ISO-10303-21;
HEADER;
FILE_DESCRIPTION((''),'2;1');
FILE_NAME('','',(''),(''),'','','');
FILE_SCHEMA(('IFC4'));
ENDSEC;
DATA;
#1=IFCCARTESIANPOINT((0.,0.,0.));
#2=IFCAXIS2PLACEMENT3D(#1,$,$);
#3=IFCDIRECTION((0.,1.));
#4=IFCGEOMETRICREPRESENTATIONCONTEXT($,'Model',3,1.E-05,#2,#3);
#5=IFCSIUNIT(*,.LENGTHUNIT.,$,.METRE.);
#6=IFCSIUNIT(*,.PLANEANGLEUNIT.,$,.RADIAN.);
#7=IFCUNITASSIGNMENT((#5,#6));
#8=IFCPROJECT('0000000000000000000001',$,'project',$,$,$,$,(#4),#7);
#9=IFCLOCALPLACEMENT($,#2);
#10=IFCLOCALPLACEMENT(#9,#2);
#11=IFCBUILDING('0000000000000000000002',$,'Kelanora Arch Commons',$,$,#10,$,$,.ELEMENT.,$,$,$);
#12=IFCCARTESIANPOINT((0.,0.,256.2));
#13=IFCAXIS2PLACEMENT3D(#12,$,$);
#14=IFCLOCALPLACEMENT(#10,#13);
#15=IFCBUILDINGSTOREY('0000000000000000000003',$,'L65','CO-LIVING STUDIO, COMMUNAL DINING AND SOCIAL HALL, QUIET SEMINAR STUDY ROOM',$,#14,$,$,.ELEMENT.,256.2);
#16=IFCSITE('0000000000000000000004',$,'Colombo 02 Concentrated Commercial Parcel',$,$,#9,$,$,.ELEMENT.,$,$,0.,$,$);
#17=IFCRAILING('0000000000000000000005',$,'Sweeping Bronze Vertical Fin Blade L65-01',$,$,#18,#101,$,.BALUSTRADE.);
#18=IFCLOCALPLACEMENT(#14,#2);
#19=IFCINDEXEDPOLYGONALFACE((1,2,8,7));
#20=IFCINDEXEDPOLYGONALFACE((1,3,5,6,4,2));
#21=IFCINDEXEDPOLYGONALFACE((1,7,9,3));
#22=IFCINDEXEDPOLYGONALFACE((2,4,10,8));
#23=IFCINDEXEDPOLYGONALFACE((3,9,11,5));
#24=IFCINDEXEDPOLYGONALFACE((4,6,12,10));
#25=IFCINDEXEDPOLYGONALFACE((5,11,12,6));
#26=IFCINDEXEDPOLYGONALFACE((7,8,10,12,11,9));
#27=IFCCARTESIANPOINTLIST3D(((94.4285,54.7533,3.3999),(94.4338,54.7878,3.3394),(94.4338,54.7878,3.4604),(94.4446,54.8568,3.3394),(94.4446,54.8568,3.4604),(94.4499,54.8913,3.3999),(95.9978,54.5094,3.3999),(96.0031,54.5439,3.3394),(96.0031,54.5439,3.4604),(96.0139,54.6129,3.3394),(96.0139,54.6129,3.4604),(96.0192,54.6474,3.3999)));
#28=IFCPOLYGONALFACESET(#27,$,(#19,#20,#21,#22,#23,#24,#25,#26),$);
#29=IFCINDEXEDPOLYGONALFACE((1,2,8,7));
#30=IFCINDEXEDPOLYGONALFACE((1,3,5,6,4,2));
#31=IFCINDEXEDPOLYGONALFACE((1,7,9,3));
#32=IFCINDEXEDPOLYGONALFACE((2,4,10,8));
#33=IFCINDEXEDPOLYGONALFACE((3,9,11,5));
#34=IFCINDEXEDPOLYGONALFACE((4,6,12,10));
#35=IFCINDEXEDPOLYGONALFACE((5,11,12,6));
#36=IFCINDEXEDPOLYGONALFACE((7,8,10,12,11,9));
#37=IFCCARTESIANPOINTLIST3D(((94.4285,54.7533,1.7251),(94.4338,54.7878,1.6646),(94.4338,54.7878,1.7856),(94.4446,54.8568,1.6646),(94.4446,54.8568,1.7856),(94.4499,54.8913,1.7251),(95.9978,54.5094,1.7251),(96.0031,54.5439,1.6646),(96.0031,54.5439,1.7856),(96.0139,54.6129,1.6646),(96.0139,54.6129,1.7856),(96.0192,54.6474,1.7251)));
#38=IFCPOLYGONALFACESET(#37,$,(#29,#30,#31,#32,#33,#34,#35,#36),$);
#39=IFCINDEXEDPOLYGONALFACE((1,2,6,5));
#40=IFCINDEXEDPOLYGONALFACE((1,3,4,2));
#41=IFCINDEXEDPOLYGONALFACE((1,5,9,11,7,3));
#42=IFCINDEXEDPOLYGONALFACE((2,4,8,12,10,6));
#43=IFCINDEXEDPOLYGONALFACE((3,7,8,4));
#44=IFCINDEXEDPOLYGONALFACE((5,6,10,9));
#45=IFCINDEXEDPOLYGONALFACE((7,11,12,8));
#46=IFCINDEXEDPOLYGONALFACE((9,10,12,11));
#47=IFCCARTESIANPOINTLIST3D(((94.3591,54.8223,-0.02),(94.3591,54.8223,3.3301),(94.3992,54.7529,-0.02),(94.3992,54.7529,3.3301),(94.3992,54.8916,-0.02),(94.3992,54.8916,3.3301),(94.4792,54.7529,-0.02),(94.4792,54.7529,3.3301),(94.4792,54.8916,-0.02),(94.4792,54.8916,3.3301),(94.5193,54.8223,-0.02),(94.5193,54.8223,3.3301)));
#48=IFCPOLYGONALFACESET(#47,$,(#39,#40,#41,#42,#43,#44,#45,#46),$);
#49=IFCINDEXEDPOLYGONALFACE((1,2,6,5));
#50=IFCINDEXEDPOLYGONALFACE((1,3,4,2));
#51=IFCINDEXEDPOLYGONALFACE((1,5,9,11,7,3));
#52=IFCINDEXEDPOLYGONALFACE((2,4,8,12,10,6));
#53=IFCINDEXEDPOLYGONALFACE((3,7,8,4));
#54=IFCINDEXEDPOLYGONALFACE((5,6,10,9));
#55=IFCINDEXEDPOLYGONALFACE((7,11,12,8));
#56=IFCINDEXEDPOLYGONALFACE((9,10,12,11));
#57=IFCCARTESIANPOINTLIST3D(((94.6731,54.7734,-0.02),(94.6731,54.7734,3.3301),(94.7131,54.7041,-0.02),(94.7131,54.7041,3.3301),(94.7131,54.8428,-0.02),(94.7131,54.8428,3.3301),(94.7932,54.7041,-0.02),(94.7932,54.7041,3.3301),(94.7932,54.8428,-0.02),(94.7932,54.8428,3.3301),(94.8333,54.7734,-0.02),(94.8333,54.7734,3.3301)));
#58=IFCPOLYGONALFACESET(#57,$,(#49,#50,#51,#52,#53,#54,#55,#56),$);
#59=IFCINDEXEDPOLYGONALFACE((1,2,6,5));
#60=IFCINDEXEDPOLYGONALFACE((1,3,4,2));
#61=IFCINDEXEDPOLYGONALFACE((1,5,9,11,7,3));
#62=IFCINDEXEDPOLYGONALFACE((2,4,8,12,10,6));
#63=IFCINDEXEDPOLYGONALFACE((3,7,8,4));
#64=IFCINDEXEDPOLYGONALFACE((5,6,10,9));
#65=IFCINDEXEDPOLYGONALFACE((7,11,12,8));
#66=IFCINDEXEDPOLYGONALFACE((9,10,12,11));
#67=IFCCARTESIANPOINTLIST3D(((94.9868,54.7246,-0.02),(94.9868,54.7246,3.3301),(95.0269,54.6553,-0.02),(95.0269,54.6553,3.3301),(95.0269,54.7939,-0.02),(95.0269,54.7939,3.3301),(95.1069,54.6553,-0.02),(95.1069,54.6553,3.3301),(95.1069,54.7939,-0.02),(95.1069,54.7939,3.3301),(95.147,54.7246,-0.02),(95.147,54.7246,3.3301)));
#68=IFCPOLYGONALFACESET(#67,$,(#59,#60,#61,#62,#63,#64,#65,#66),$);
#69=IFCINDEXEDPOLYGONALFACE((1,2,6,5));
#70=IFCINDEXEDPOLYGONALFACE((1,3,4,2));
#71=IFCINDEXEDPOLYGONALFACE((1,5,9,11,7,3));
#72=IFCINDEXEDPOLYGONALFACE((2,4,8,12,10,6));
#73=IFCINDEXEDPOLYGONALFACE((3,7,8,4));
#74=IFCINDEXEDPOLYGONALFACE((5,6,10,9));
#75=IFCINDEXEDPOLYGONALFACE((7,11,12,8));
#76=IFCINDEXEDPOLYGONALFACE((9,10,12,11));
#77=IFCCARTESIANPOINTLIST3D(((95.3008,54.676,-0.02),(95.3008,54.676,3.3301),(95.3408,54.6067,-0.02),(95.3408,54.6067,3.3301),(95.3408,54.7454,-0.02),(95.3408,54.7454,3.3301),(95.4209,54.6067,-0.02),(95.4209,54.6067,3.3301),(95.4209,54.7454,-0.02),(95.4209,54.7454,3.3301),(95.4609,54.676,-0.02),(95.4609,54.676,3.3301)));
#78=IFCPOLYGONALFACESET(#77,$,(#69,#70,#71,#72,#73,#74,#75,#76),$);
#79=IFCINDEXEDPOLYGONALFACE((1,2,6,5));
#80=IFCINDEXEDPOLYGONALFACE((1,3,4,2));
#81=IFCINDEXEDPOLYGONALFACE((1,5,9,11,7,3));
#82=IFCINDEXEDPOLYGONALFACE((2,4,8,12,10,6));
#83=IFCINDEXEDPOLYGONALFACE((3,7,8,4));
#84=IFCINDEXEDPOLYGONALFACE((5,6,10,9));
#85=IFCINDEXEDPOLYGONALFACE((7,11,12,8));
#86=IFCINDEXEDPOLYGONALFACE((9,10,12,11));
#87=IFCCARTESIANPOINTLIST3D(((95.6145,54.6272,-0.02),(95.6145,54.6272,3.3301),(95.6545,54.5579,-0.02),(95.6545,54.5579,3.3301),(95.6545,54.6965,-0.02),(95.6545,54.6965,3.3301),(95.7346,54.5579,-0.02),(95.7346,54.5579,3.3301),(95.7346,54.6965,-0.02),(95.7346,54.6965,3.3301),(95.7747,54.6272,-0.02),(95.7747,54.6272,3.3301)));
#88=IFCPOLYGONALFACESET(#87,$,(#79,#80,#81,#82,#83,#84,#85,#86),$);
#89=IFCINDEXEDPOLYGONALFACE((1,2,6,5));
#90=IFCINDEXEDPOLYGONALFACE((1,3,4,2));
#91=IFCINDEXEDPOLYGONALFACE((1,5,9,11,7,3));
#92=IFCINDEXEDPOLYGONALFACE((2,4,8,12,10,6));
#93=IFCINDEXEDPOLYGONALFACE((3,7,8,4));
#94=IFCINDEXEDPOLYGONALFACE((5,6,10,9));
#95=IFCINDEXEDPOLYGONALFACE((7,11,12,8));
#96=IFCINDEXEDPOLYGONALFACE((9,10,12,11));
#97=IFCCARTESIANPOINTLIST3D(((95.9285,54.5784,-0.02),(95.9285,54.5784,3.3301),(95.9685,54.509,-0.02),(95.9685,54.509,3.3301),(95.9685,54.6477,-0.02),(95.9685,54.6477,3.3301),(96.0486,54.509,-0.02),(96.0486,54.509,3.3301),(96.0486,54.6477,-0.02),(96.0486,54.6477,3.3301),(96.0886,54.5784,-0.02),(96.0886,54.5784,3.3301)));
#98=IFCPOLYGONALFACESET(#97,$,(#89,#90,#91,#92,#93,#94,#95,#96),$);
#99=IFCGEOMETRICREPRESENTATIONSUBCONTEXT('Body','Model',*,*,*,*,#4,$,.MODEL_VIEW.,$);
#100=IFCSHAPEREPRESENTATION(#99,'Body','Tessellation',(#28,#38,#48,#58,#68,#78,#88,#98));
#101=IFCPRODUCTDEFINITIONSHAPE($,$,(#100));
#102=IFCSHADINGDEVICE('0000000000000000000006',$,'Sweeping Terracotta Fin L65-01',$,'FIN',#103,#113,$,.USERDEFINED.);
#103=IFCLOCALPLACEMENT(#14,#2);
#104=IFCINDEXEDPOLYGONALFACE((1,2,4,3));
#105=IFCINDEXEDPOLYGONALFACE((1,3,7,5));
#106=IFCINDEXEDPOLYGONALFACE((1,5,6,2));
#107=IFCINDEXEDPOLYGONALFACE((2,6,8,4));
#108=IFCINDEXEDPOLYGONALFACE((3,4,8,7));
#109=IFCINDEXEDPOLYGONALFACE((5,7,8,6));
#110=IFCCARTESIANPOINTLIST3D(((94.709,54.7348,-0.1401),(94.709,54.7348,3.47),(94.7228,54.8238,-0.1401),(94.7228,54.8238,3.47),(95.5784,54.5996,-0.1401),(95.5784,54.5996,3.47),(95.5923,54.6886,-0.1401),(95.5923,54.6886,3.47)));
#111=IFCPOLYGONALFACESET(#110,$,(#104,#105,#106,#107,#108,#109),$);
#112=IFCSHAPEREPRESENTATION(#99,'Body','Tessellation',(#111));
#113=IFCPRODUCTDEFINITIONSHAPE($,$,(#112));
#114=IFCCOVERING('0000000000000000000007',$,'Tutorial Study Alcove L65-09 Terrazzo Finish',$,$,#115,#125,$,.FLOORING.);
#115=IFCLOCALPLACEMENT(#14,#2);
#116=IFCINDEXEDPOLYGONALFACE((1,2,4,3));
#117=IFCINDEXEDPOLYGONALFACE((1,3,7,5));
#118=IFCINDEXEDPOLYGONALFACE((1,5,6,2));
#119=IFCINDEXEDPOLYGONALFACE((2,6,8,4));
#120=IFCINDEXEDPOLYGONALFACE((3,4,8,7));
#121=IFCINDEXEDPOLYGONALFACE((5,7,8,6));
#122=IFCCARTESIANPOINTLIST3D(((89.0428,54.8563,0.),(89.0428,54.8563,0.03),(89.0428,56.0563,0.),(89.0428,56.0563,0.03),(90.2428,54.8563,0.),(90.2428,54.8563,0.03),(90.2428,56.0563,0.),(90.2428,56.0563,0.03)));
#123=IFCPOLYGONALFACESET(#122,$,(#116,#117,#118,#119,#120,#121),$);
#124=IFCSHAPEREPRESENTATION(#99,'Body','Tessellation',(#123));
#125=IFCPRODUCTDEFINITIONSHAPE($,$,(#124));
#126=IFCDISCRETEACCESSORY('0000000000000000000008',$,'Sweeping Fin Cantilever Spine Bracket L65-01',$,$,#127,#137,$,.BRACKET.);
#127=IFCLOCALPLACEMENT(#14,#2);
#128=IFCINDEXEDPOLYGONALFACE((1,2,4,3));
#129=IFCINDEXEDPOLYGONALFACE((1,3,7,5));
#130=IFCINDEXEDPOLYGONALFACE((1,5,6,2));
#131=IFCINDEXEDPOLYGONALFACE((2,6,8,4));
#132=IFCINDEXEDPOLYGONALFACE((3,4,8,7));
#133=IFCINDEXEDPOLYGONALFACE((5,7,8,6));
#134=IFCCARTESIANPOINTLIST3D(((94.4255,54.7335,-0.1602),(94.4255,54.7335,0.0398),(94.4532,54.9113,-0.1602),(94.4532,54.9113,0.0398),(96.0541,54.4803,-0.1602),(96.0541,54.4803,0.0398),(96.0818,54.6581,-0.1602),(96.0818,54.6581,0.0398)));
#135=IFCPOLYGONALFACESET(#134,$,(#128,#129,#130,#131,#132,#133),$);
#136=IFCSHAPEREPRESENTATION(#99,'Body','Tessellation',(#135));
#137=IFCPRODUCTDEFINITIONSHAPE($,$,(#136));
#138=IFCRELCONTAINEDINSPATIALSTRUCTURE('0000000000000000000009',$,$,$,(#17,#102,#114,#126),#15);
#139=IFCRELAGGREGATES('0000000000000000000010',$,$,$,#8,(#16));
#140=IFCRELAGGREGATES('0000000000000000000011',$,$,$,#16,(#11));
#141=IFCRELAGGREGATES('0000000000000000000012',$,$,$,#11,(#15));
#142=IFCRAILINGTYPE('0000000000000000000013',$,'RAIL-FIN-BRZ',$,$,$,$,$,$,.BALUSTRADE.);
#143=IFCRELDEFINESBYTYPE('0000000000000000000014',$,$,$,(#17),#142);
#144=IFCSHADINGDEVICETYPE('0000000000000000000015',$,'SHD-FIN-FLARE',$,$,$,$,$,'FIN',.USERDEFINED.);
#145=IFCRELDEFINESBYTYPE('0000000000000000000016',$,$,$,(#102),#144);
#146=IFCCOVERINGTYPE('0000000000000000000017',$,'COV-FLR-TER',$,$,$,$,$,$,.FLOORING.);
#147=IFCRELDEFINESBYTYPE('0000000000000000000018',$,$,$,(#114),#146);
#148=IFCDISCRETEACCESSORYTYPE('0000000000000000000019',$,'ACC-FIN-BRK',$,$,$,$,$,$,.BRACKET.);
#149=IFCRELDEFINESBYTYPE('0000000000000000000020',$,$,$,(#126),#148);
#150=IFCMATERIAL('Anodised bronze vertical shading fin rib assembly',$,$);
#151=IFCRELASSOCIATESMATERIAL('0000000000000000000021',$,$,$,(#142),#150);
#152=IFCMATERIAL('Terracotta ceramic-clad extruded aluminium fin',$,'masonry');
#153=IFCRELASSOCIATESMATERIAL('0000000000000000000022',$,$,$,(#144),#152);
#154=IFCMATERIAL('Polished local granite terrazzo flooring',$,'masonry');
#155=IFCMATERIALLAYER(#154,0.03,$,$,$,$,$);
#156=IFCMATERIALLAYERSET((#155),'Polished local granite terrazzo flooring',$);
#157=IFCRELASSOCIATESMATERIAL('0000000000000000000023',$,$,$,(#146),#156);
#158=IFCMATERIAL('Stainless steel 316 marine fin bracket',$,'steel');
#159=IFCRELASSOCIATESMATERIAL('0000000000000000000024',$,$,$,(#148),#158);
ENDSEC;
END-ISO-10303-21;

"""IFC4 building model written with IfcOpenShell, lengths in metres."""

from ifc_helpers import new_model, si_unit, direction, frame, origin, origin_2d, place, context, subcontext, project, spatial, polyline, rectangle, outline, extrude, source, transform, mapped, material, layer, layer_set, type_object, element, save


model = new_model("IFC4")

# Units and contexts
model_context = context("Model", 3, precision=1e-05, world=origin(), true_north=direction((0.0, 1.0)))
body_context = subcontext(model_context, "Body", "Model", "MODEL_VIEW")
ifc_project = project(units=[si_unit("LENGTHUNIT", "METRE"), si_unit("PLANEANGLEUNIT", "RADIAN")], contexts=[model_context])

# Site, building, storey
site_placement = place(None, origin())
site = spatial("IfcSite", under=ifc_project, at=site_placement, Name="Colombo 02 Concentrated Commercial Parcel", CompositionType="ELEMENT", RefElevation=0.0)
building_placement = place(site_placement, origin())
building = spatial("IfcBuilding", under=site, at=building_placement, Name="Kelanora Arch Commons", CompositionType="ELEMENT")
storey_placement = place(building_placement, frame((0.0, 0.0, 256.2)))
storey = spatial("IfcBuildingStorey", under=building, at=storey_placement, Name="L65", Description="CO-LIVING STUDIO, COMMUNAL DINING AND SOCIAL HALL, QUIET SEMINAR STUDY ROOM", CompositionType="ELEMENT", Elevation=256.2)

# Railing
ifc_material_1 = material(Name="Anodised bronze vertical shading fin rib assembly")
railing_type = type_object("IfcRailingType", Name="RAIL-FIN-BRZ", PredefinedType="BALUSTRADE", material=ifc_material_1)
railing_placement = place(storey_placement, frame((94.4392, 54.8223, -0.02)))
element("IfcRailing", 1, at=railing_placement, inside=storey, type_object=railing_type, Name="Sweeping Bronze Vertical Fin Blade L65-01", PredefinedType="BALUSTRADE", context=body_context, shape_type="SweptSolid", body=[
    extrude(outline(polyline([(0.0698, 0.0), (0.0349, 0.0605), (-0.0349, 0.0605), (-0.0698, 0.0), (-0.0349, -0.0605), (0.0349, -0.0605), (0.0698, 0.0)])), frame((0.0, 0.0, 3.4199), z_axis=(0.988138, -0.15357, 0.0), x_axis=(0.15357, 0.988138, 0.0)), (0.0, 0.0, 1.0), 1.5881),
    extrude(outline(polyline([(0.0698, 0.0), (0.0349, 0.0605), (-0.0349, 0.0605), (-0.0698, 0.0), (-0.0349, -0.0605), (0.0349, -0.0605), (0.0698, 0.0)])), frame((0.0, 0.0, 1.7451), z_axis=(0.988138, -0.15357, 0.0), x_axis=(0.15357, 0.988138, 0.0)), (0.0, 0.0, 1.0), 1.5881),
    extrude(outline(polyline([(0.0801, 0.0), (0.04, 0.0693), (-0.04, 0.0693), (-0.0801, 0.0), (-0.04, -0.0693), (0.04, -0.0693), (0.0801, 0.0)])), origin(), (0.0, 0.0, 1.0), 3.3501),
    extrude(outline(polyline([(0.0801, 0.0), (0.04, 0.0693), (-0.04, 0.0693), (-0.0801, 0.0), (-0.04, -0.0693), (0.04, -0.0693), (0.0801, 0.0)])), frame((0.314, -0.0488, 0.0)), (0.0, 0.0, 1.0), 3.3501),
    extrude(outline(polyline([(0.0801, 0.0), (0.04, 0.0693), (-0.04, 0.0693), (-0.0801, 0.0), (-0.04, -0.0693), (0.04, -0.0693), (0.0801, 0.0)])), frame((0.6277, -0.0977, 0.0)), (0.0, 0.0, 1.0), 3.3501),
    extrude(outline(polyline([(0.0801, 0.0), (0.04, 0.0693), (-0.04, 0.0693), (-0.0801, 0.0), (-0.04, -0.0693), (0.04, -0.0693), (0.0801, 0.0)])), frame((0.9417, -0.1462, 0.0)), (0.0, 0.0, 1.0), 3.3501),
    extrude(outline(polyline([(0.0801, 0.0), (0.04, 0.0693), (-0.04, 0.0693), (-0.0801, 0.0), (-0.04, -0.0693), (0.04, -0.0693), (0.0801, 0.0)])), frame((1.2554, -0.1951, 0.0)), (0.0, 0.0, 1.0), 3.3501),
    extrude(outline(polyline([(0.0801, 0.0), (0.04, 0.0693), (-0.04, 0.0693), (-0.0801, 0.0), (-0.04, -0.0693), (0.04, -0.0693), (0.0801, 0.0)])), frame((1.5693, -0.2439, 0.0)), (0.0, 0.0, 1.0), 3.3501),
])

# Shading device
ifc_material_2 = material(Name="Terracotta ceramic-clad extruded aluminium fin", Category="masonry")
shading_device_type = type_object("IfcShadingDeviceType", Name="SHD-FIN-FLARE", ElementType="FIN", PredefinedType="USERDEFINED", material=ifc_material_2)
shared_shape_1 = source(origin(), body_context, "Body", "SweptSolid", [
    extrude(rectangle(XDim=0.8799, YDim=0.0901, at=origin_2d()), origin(), (0.0, 0.0, 1.0), 3.6101),
])
shading_device_placement = place(storey_placement, frame((95.1506, 54.7117, -0.1401), z_axis=(0.0, 0.0, 1.0), x_axis=(0.988121, -0.153676, 0.0)))
element("IfcShadingDevice", 2, at=shading_device_placement, inside=storey, type_object=shading_device_type, Name="Sweeping Terracotta Fin L65-01", ObjectType="FIN", PredefinedType="USERDEFINED", context=body_context, shape_type="MappedRepresentation", body=[
    mapped(shared_shape_1, transform((0.0, 0.0, 0.0), scale=1.0)),
])

# Covering
ifc_material_3 = material(Name="Polished local granite terrazzo flooring", Category="masonry")
ifc_layer_1 = layer(ifc_material_3, 0.03)
ifc_layer_set_1 = layer_set([ifc_layer_1], Name="Polished local granite terrazzo flooring")
covering_type = type_object("IfcCoveringType", Name="COV-FLR-TER", PredefinedType="FLOORING", material=ifc_layer_set_1)
shared_shape_2 = source(origin(), body_context, "Body", "SweptSolid", [
    extrude(rectangle(XDim=1.2, YDim=1.2, at=origin_2d()), origin(), (0.0, 0.0, 1.0), 0.03),
])
covering_placement = place(storey_placement, frame((89.6428, 55.4563, 0.0), z_axis=(0.0, 0.0, 1.0), x_axis=(1.0, 0.0, 0.0)))
element("IfcCovering", 3, at=covering_placement, inside=storey, type_object=covering_type, Name="Tutorial Study Alcove L65-09 Terrazzo Finish", PredefinedType="FLOORING", context=body_context, shape_type="MappedRepresentation", body=[
    mapped(shared_shape_2, transform((0.0, 0.0, 0.0), scale=1.0)),
])

# Discrete accessory
ifc_material_4 = material(Name="Stainless steel 316 marine fin bracket", Category="steel")
discrete_accessory_type = type_object("IfcDiscreteAccessoryType", Name="ACC-FIN-BRK", PredefinedType="BRACKET", material=ifc_material_4)
shared_shape_3 = source(origin(), body_context, "Body", "SweptSolid", [
    extrude(rectangle(XDim=1.6482, YDim=0.1799, at=origin_2d()), origin(), (0.0, 0.0, 1.0), 0.2),
])
discrete_accessory_placement = place(storey_placement, frame((95.2537, 54.6958, -0.1602), z_axis=(0.0, 0.0, 1.0), x_axis=(0.988121, -0.153676, 0.0)))
element("IfcDiscreteAccessory", 4, at=discrete_accessory_placement, inside=storey, type_object=discrete_accessory_type, Name="Sweeping Fin Cantilever Spine Bracket L65-01", PredefinedType="BRACKET", context=body_context, shape_type="MappedRepresentation", body=[
    mapped(shared_shape_3, transform((0.0, 0.0, 0.0), scale=1.0)),
])

save(model, "model.ifc")
